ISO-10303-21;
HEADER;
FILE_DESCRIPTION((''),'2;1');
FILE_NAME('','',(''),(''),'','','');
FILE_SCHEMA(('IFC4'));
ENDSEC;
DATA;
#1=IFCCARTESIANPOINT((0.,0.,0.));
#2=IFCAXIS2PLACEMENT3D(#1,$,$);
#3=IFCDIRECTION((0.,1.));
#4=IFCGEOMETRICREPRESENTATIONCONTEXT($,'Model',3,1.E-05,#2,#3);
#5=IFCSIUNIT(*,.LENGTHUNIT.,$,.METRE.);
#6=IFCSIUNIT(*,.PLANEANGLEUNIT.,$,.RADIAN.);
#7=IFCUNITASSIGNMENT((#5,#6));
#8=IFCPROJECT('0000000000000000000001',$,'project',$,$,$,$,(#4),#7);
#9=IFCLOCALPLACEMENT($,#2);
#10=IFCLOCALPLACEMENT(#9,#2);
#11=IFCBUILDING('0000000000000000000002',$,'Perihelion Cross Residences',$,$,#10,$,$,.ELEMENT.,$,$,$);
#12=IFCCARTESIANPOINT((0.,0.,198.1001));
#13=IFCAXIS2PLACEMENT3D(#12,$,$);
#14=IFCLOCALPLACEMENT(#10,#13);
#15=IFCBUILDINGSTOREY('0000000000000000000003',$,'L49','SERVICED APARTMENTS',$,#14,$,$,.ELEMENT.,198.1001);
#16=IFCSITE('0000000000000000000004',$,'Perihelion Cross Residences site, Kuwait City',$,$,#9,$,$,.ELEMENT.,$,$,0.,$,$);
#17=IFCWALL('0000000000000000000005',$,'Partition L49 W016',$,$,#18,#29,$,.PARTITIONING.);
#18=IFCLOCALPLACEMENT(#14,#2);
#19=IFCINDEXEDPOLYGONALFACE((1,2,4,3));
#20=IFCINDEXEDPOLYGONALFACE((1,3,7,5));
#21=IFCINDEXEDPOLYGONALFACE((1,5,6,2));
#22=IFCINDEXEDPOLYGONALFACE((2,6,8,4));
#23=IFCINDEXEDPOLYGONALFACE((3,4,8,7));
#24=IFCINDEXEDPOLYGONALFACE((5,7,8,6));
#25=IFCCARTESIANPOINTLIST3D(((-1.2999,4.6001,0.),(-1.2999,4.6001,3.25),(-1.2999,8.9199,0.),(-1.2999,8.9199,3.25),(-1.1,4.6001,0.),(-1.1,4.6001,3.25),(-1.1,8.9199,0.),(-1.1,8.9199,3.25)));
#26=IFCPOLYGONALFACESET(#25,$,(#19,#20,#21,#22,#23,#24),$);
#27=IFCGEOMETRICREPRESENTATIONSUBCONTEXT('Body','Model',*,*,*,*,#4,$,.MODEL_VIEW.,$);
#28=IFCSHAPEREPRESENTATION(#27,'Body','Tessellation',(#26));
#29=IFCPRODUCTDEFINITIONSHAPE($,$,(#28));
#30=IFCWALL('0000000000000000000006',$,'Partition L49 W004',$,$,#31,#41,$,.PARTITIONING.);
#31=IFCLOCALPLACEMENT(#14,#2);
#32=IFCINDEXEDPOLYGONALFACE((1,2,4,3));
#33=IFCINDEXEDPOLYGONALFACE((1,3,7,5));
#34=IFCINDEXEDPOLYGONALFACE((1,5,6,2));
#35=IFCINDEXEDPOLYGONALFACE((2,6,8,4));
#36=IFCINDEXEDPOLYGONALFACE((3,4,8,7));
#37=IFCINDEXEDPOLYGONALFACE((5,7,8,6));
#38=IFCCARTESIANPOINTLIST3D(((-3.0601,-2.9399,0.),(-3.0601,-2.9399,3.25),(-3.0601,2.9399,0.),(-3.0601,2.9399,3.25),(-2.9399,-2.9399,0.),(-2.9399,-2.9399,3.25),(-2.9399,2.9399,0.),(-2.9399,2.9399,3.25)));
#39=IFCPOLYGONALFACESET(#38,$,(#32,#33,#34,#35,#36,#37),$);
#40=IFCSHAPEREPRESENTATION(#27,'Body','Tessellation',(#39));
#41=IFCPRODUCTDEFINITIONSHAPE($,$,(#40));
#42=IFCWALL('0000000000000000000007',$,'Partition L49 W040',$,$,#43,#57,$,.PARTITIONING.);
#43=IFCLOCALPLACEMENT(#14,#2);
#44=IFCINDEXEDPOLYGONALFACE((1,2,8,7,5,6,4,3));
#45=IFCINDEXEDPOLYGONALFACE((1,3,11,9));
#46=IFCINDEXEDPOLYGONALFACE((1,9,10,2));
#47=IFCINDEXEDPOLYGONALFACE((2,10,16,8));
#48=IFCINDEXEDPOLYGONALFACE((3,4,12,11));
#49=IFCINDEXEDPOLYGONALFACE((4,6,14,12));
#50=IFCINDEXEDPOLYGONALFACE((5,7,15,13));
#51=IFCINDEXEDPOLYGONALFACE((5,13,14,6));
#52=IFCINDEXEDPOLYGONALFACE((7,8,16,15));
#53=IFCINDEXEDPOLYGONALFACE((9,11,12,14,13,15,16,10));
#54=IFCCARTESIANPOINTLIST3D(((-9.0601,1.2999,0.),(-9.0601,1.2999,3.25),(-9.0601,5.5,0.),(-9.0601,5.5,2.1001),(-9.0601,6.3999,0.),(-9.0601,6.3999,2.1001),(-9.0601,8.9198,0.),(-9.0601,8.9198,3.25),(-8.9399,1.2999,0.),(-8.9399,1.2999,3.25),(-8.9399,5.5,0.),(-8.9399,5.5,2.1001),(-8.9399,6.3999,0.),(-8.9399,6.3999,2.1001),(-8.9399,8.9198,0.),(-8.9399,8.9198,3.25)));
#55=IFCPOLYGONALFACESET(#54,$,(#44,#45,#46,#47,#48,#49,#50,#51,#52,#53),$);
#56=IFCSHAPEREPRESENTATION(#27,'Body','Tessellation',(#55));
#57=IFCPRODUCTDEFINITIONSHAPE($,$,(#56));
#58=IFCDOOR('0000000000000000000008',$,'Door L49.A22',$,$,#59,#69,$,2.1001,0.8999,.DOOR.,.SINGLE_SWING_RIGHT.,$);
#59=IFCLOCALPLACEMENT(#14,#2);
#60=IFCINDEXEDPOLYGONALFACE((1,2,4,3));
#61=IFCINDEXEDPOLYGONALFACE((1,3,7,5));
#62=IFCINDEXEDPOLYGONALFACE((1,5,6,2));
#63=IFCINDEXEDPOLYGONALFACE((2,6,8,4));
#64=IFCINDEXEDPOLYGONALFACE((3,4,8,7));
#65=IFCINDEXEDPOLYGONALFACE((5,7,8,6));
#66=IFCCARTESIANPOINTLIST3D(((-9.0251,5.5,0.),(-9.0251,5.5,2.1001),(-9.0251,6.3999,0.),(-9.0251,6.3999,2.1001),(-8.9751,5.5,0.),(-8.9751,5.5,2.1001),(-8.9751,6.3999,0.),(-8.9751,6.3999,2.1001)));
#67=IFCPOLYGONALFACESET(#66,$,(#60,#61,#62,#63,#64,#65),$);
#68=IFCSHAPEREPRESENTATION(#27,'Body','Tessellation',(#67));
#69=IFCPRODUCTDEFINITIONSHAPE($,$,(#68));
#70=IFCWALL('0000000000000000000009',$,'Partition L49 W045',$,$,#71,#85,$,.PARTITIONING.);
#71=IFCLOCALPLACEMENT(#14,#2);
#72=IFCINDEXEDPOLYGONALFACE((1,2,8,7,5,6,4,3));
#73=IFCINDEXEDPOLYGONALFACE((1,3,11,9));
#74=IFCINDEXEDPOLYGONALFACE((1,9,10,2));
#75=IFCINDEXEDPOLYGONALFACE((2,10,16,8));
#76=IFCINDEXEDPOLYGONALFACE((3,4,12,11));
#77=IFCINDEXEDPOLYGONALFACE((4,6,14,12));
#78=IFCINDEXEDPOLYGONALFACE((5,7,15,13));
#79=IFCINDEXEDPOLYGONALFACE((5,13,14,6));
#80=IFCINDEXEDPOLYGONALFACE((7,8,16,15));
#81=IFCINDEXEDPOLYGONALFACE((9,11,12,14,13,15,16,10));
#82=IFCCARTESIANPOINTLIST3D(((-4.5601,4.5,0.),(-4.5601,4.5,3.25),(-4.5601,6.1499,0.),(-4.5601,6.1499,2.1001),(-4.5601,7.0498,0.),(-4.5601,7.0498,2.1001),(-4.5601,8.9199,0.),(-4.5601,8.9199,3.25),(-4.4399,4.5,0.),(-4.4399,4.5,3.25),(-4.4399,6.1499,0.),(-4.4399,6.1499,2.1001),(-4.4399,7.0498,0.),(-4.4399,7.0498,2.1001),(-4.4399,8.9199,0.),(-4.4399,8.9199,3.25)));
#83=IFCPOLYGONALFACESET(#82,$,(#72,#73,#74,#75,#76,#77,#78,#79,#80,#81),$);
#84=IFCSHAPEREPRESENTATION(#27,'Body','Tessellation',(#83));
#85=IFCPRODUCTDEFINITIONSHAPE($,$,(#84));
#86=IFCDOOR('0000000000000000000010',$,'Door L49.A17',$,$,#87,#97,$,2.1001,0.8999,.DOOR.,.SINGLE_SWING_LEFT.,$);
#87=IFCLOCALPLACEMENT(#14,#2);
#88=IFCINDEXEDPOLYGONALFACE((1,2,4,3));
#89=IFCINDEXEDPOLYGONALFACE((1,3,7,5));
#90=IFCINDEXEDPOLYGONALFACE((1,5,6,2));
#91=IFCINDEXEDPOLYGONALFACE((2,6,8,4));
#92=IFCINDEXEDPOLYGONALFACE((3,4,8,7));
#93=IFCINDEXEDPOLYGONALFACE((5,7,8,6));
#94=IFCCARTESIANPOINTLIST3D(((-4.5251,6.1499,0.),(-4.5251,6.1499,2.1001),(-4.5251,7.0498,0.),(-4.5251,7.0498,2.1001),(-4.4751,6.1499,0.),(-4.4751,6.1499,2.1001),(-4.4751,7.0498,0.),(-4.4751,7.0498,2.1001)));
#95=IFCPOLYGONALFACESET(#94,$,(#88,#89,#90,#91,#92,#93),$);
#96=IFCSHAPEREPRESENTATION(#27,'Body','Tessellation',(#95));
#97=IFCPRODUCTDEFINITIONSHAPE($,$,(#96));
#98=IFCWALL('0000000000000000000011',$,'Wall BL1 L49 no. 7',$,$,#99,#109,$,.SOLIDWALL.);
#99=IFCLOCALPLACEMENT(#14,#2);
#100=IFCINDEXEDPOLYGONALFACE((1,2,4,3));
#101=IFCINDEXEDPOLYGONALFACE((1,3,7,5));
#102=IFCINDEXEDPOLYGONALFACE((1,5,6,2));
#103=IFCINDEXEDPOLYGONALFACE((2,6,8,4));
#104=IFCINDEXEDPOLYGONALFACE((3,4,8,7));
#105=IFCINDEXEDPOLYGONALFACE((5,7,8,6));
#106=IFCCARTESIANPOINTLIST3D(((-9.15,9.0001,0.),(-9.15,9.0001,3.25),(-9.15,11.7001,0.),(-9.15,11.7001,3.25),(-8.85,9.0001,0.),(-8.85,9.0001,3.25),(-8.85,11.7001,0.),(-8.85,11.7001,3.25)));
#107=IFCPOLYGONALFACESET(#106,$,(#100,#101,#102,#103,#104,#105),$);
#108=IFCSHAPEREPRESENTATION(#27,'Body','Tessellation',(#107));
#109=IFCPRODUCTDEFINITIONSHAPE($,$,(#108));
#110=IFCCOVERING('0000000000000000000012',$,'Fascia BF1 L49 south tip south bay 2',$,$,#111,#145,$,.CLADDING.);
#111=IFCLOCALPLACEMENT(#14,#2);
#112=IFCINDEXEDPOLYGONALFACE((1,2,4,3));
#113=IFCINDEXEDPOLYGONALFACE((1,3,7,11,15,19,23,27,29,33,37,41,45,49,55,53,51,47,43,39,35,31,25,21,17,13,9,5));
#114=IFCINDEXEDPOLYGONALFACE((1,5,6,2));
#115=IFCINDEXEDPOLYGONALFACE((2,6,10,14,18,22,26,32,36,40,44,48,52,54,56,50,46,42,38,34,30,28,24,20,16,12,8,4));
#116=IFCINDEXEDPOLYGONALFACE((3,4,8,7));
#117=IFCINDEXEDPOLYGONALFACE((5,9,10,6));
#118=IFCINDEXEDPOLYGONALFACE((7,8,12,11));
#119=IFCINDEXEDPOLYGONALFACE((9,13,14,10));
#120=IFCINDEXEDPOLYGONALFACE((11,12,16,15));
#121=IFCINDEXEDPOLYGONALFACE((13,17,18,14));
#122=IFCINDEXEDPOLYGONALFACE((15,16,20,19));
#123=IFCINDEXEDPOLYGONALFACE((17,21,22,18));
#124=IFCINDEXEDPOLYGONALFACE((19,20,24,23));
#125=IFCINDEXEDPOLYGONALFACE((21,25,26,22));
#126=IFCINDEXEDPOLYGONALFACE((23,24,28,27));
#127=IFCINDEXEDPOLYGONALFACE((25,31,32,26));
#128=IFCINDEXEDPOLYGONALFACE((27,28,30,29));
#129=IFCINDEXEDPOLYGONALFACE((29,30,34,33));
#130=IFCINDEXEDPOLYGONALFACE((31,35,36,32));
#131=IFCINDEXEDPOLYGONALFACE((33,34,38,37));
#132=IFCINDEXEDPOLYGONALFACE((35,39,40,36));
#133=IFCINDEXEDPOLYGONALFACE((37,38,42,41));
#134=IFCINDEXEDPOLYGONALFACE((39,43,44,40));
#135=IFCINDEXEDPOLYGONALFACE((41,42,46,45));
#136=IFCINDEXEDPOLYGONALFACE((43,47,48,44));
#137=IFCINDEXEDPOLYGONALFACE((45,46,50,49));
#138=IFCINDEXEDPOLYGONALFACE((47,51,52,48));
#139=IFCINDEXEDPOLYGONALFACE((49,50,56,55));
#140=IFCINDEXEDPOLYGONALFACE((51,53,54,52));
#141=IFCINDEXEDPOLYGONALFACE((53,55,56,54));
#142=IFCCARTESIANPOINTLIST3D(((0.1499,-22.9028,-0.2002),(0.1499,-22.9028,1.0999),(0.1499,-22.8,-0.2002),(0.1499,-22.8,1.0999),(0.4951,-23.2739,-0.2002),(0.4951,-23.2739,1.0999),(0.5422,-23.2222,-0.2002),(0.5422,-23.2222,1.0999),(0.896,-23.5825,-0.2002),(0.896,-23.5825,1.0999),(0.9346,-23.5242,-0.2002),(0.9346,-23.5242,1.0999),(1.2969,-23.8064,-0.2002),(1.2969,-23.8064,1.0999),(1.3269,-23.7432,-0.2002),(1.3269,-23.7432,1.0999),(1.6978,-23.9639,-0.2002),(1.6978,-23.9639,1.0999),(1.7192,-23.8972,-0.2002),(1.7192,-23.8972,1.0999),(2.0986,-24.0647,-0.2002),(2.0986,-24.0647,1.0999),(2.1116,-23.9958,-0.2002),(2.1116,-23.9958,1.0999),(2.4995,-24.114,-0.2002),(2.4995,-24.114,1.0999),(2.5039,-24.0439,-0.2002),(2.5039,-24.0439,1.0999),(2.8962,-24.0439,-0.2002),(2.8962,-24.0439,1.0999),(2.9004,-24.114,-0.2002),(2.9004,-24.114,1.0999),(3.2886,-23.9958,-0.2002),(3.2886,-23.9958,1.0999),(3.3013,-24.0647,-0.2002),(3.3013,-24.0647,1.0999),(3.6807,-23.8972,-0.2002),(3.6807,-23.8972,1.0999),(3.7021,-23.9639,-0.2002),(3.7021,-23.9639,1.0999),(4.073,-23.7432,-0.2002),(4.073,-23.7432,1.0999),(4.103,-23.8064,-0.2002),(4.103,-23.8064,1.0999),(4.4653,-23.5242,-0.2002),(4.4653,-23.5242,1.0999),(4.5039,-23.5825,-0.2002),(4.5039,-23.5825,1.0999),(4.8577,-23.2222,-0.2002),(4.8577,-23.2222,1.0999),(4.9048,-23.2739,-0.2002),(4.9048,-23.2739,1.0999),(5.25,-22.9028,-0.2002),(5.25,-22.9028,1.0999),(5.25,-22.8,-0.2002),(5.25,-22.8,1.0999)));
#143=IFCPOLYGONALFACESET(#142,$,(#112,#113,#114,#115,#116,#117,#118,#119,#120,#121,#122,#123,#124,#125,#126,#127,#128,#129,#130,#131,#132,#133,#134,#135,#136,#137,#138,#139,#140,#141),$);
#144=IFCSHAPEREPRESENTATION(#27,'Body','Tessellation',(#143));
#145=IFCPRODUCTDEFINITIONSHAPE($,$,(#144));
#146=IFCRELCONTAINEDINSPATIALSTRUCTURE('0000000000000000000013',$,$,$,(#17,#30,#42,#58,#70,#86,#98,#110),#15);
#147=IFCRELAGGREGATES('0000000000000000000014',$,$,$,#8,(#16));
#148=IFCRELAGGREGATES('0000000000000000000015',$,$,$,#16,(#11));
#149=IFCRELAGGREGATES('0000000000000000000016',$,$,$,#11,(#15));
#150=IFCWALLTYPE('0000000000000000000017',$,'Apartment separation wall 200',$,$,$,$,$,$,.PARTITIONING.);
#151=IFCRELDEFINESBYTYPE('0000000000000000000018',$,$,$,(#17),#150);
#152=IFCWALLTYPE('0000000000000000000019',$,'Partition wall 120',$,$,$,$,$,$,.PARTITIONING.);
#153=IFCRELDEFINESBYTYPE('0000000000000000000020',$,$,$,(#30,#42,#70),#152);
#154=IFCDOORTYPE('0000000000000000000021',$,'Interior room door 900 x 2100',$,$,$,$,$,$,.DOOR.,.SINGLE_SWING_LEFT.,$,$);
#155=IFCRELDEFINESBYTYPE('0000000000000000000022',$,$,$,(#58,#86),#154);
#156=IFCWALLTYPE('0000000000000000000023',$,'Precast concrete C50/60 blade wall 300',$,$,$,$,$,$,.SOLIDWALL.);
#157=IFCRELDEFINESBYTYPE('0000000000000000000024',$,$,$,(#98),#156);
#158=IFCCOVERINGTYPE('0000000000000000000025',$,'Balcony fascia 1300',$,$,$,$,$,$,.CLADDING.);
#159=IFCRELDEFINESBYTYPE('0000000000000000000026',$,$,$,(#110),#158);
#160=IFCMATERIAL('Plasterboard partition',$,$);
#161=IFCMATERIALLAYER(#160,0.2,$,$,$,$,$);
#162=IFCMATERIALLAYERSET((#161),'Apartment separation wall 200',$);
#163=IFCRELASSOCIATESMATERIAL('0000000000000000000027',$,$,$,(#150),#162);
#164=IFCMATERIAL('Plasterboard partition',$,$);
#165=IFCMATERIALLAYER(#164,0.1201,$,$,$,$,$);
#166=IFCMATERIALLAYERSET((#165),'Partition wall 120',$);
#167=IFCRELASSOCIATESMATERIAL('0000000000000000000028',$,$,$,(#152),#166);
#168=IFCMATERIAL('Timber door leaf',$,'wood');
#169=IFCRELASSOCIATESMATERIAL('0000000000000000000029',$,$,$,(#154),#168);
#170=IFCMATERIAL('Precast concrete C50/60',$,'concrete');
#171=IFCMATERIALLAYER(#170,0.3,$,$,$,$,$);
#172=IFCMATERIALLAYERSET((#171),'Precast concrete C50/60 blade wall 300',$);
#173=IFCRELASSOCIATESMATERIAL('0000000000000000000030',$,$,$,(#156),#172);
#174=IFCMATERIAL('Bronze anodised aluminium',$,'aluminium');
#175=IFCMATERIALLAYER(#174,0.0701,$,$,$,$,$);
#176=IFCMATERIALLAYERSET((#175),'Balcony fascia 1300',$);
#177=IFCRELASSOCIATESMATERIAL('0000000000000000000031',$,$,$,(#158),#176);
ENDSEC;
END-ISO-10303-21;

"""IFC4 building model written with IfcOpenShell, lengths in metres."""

from ifc_helpers import new_model, si_unit, direction, frame, frame_2d, origin, place, context, subcontext, project, spatial, polyline, rectangle, outline, extrude, material, layer, layer_set, type_object, element, fill, save


model = new_model("IFC4")

# Units and contexts
model_context = context("Model", 3, precision=1e-05, world=origin(), true_north=direction((0.0, 1.0)))
body_context = subcontext(model_context, "Body", "Model", "MODEL_VIEW")
ifc_project = project(units=[si_unit("LENGTHUNIT", "METRE"), si_unit("PLANEANGLEUNIT", "RADIAN")], contexts=[model_context])

# Site, building, storey
site_placement = place(None, origin())
site = spatial("IfcSite", under=ifc_project, at=site_placement, Name="Perihelion Cross Residences site, Kuwait City", CompositionType="ELEMENT", RefElevation=0.0)
building_placement = place(site_placement, origin())
building = spatial("IfcBuilding", under=site, at=building_placement, Name="Perihelion Cross Residences", CompositionType="ELEMENT")
storey_placement = place(building_placement, frame((0.0, 0.0, 198.1001)))
storey = spatial("IfcBuildingStorey", under=building, at=storey_placement, Name="L49", Description="SERVICED APARTMENTS", CompositionType="ELEMENT", Elevation=198.1001)

# Wall
ifc_material_1 = material(Name="Plasterboard partition")
ifc_layer_1 = layer(ifc_material_1, 0.2)
ifc_layer_set_1 = layer_set([ifc_layer_1], Name="Apartment separation wall 200")
wall_type_1 = type_object("IfcWallType", Name="Apartment separation wall 200", PredefinedType="PARTITIONING", material=ifc_layer_set_1)
wall_1_placement = place(storey_placement, frame((-1.2, 4.6001, 0.0), z_axis=(0.0, 0.0, 1.0), x_axis=(0.0, 1.0, 0.0)))
element("IfcWall", 1, at=wall_1_placement, inside=storey, type_object=wall_type_1, Name="Partition L49 W016", PredefinedType="PARTITIONING", context=body_context, shape_type="SweptSolid", body=[
    extrude(rectangle(XDim=4.3198, YDim=0.2, at=frame_2d((2.1599, 0.0))), origin(), (0.0, 0.0, 1.0), 3.25),
])

# Wall
ifc_material_2 = material(Name="Plasterboard partition")
ifc_layer_2 = layer(ifc_material_2, 0.1201)
ifc_layer_set_2 = layer_set([ifc_layer_2], Name="Partition wall 120")
wall_type_2 = type_object("IfcWallType", Name="Partition wall 120", PredefinedType="PARTITIONING", material=ifc_layer_set_2)
wall_2_placement = place(storey_placement, frame((-3.0, 2.9399, 0.0), z_axis=(0.0, 0.0, 1.0), x_axis=(0.0, -1.0, 0.0)))
element("IfcWall", 2, at=wall_2_placement, inside=storey, type_object=wall_type_2, Name="Partition L49 W004", PredefinedType="PARTITIONING", context=body_context, shape_type="SweptSolid", body=[
    extrude(rectangle(XDim=5.8799, YDim=0.1201, at=frame_2d((2.9399, 0.0))), origin(), (0.0, 0.0, 1.0), 3.25),
])

# Walls, openings, doors
wall_3_placement = place(storey_placement, frame((-9.0, 8.9199, 0.0), z_axis=(0.0, 0.0, 1.0), x_axis=(0.0, -1.0, 0.0)))
wall_3 = element("IfcWall", 3, at=wall_3_placement, inside=storey, type_object=wall_type_2, Name="Partition L49 W040", PredefinedType="PARTITIONING", context=body_context, shape_type="SweptSolid", body=[
    extrude(rectangle(XDim=7.6199, YDim=0.1201, at=frame_2d((3.8101, 0.0))), origin(), (0.0, 0.0, 1.0), 3.25),
])
opening_1_placement = place(wall_3_placement, frame((2.52, 0.0, 0.0)))
opening_1 = element("IfcOpeningElement", 4, at=opening_1_placement, cuts=wall_3, PredefinedType="OPENING", context=body_context, shape_type="SweptSolid", body=[
    extrude(rectangle(XDim=0.8999, YDim=2.1001, at=frame_2d((0.45, 1.05))), frame((0.0, 0.0701, 0.0), z_axis=(0.0, -1.0, 0.0), x_axis=(1.0, 0.0, 0.0)), (0.0, 0.0, 1.0), 0.1401),
])
ifc_material_3 = material(Name="Timber door leaf", Category="wood")
door_type_1 = type_object("IfcDoorType", Name="Interior room door 900 x 2100", OperationType="SINGLE_SWING_LEFT", PredefinedType="DOOR", material=ifc_material_3)
door_1_placement = place(opening_1_placement, origin())
door_1 = element("IfcDoor", 5, at=door_1_placement, inside=storey, type_object=door_type_1, Name="Door L49.A22", OperationType="SINGLE_SWING_RIGHT", OverallHeight=2.1001, OverallWidth=0.8999, PredefinedType="DOOR", context=body_context, shape_type="SweptSolid", body=[
    extrude(rectangle(XDim=0.8999, YDim=2.1001, at=frame_2d((0.45, 1.05))), frame((0.0, 0.0249, 0.0), z_axis=(0.0, -1.0, 0.0), x_axis=(1.0, 0.0, 0.0)), (0.0, 0.0, 1.0), 0.05),
])
fill(opening_1, door_1)
wall_4_placement = place(storey_placement, frame((-4.5, 8.9199, 0.0), z_axis=(0.0, 0.0, 1.0), x_axis=(0.0, -1.0, 0.0)))
wall_4 = element("IfcWall", 6, at=wall_4_placement, inside=storey, type_object=wall_type_2, Name="Partition L49 W045", PredefinedType="PARTITIONING", context=body_context, shape_type="SweptSolid", body=[
    extrude(rectangle(XDim=4.4199, YDim=0.1201, at=frame_2d((2.21, 0.0))), origin(), (0.0, 0.0, 1.0), 3.25),
])
opening_2_placement = place(wall_4_placement, frame((1.8701, 0.0, 0.0)))
opening_2 = element("IfcOpeningElement", 7, at=opening_2_placement, cuts=wall_4, PredefinedType="OPENING", context=body_context, shape_type="SweptSolid", body=[
    extrude(rectangle(XDim=0.8999, YDim=2.1001, at=frame_2d((0.45, 1.05))), frame((0.0, 0.0701, 0.0), z_axis=(0.0, -1.0, 0.0), x_axis=(1.0, 0.0, 0.0)), (0.0, 0.0, 1.0), 0.1401),
])
door_2_placement = place(opening_2_placement, origin())
door_2 = element("IfcDoor", 8, at=door_2_placement, inside=storey, type_object=door_type_1, Name="Door L49.A17", OperationType="SINGLE_SWING_LEFT", OverallHeight=2.1001, OverallWidth=0.8999, PredefinedType="DOOR", context=body_context, shape_type="SweptSolid", body=[
    extrude(rectangle(XDim=0.8999, YDim=2.1001, at=frame_2d((0.45, 1.05))), frame((0.0, 0.0249, 0.0), z_axis=(0.0, -1.0, 0.0), x_axis=(1.0, 0.0, 0.0)), (0.0, 0.0, 1.0), 0.05),
])
fill(opening_2, door_2)

# Wall
ifc_material_4 = material(Name="Precast concrete C50/60", Category="concrete")
ifc_layer_3 = layer(ifc_material_4, 0.3)
ifc_layer_set_3 = layer_set([ifc_layer_3], Name="Precast concrete C50/60 blade wall 300")
wall_type_3 = type_object("IfcWallType", Name="Precast concrete C50/60 blade wall 300", PredefinedType="SOLIDWALL", material=ifc_layer_set_3)
wall_5_placement = place(storey_placement, frame((-9.0, 9.0, 0.0), z_axis=(0.0, 0.0, 1.0), x_axis=(0.0, 1.0, 0.0)))
element("IfcWall", 9, at=wall_5_placement, inside=storey, type_object=wall_type_3, Name="Wall BL1 L49 no. 7", PredefinedType="SOLIDWALL", context=body_context, shape_type="SweptSolid", body=[
    extrude(rectangle(XDim=2.7, YDim=0.3, at=frame_2d((1.3501, 0.0))), origin(), (0.0, 0.0, 1.0), 3.25),
])

# Covering
ifc_material_5 = material(Name="Bronze anodised aluminium", Category="aluminium")
ifc_layer_4 = layer(ifc_material_5, 0.0701)
ifc_layer_set_4 = layer_set([ifc_layer_4], Name="Balcony fascia 1300")
covering_type = type_object("IfcCoveringType", Name="Balcony fascia 1300", PredefinedType="CLADDING", material=ifc_layer_set_4)
covering_placement = place(storey_placement, frame((0.0, 0.0, -0.2002)))
element("IfcCovering", 10, at=covering_placement, inside=storey, type_object=covering_type, Name="Fascia BF1 L49 south tip south bay 2", PredefinedType="CLADDING", context=body_context, shape_type="SweptSolid", body=[
    extrude(outline(polyline([(0.4951, -23.2739), (0.896, -23.5825), (1.2969, -23.8064), (1.6978, -23.9639), (2.0986, -24.0647), (2.4995, -24.114), (2.9004, -24.114), (3.3013, -24.0647), (3.7021, -23.9639), (4.103, -23.8064), (4.5039, -23.5825), (4.9048, -23.2739), (5.25, -22.9028), (5.25, -22.8), (4.8577, -23.2222), (4.4653, -23.5242), (4.073, -23.7432), (3.6807, -23.8972), (3.2886, -23.9958), (2.8962, -24.0439), (2.5039, -24.0439), (2.1116, -23.9958), (1.7192, -23.8972), (1.3269, -23.7432), (0.9346, -23.5242), (0.5422, -23.2222), (0.1499, -22.8), (0.1499, -22.9028), (0.4951, -23.2739)])), origin(), (0.0, 0.0, 1.0), 1.3),
])

save(model, "model.ifc")
